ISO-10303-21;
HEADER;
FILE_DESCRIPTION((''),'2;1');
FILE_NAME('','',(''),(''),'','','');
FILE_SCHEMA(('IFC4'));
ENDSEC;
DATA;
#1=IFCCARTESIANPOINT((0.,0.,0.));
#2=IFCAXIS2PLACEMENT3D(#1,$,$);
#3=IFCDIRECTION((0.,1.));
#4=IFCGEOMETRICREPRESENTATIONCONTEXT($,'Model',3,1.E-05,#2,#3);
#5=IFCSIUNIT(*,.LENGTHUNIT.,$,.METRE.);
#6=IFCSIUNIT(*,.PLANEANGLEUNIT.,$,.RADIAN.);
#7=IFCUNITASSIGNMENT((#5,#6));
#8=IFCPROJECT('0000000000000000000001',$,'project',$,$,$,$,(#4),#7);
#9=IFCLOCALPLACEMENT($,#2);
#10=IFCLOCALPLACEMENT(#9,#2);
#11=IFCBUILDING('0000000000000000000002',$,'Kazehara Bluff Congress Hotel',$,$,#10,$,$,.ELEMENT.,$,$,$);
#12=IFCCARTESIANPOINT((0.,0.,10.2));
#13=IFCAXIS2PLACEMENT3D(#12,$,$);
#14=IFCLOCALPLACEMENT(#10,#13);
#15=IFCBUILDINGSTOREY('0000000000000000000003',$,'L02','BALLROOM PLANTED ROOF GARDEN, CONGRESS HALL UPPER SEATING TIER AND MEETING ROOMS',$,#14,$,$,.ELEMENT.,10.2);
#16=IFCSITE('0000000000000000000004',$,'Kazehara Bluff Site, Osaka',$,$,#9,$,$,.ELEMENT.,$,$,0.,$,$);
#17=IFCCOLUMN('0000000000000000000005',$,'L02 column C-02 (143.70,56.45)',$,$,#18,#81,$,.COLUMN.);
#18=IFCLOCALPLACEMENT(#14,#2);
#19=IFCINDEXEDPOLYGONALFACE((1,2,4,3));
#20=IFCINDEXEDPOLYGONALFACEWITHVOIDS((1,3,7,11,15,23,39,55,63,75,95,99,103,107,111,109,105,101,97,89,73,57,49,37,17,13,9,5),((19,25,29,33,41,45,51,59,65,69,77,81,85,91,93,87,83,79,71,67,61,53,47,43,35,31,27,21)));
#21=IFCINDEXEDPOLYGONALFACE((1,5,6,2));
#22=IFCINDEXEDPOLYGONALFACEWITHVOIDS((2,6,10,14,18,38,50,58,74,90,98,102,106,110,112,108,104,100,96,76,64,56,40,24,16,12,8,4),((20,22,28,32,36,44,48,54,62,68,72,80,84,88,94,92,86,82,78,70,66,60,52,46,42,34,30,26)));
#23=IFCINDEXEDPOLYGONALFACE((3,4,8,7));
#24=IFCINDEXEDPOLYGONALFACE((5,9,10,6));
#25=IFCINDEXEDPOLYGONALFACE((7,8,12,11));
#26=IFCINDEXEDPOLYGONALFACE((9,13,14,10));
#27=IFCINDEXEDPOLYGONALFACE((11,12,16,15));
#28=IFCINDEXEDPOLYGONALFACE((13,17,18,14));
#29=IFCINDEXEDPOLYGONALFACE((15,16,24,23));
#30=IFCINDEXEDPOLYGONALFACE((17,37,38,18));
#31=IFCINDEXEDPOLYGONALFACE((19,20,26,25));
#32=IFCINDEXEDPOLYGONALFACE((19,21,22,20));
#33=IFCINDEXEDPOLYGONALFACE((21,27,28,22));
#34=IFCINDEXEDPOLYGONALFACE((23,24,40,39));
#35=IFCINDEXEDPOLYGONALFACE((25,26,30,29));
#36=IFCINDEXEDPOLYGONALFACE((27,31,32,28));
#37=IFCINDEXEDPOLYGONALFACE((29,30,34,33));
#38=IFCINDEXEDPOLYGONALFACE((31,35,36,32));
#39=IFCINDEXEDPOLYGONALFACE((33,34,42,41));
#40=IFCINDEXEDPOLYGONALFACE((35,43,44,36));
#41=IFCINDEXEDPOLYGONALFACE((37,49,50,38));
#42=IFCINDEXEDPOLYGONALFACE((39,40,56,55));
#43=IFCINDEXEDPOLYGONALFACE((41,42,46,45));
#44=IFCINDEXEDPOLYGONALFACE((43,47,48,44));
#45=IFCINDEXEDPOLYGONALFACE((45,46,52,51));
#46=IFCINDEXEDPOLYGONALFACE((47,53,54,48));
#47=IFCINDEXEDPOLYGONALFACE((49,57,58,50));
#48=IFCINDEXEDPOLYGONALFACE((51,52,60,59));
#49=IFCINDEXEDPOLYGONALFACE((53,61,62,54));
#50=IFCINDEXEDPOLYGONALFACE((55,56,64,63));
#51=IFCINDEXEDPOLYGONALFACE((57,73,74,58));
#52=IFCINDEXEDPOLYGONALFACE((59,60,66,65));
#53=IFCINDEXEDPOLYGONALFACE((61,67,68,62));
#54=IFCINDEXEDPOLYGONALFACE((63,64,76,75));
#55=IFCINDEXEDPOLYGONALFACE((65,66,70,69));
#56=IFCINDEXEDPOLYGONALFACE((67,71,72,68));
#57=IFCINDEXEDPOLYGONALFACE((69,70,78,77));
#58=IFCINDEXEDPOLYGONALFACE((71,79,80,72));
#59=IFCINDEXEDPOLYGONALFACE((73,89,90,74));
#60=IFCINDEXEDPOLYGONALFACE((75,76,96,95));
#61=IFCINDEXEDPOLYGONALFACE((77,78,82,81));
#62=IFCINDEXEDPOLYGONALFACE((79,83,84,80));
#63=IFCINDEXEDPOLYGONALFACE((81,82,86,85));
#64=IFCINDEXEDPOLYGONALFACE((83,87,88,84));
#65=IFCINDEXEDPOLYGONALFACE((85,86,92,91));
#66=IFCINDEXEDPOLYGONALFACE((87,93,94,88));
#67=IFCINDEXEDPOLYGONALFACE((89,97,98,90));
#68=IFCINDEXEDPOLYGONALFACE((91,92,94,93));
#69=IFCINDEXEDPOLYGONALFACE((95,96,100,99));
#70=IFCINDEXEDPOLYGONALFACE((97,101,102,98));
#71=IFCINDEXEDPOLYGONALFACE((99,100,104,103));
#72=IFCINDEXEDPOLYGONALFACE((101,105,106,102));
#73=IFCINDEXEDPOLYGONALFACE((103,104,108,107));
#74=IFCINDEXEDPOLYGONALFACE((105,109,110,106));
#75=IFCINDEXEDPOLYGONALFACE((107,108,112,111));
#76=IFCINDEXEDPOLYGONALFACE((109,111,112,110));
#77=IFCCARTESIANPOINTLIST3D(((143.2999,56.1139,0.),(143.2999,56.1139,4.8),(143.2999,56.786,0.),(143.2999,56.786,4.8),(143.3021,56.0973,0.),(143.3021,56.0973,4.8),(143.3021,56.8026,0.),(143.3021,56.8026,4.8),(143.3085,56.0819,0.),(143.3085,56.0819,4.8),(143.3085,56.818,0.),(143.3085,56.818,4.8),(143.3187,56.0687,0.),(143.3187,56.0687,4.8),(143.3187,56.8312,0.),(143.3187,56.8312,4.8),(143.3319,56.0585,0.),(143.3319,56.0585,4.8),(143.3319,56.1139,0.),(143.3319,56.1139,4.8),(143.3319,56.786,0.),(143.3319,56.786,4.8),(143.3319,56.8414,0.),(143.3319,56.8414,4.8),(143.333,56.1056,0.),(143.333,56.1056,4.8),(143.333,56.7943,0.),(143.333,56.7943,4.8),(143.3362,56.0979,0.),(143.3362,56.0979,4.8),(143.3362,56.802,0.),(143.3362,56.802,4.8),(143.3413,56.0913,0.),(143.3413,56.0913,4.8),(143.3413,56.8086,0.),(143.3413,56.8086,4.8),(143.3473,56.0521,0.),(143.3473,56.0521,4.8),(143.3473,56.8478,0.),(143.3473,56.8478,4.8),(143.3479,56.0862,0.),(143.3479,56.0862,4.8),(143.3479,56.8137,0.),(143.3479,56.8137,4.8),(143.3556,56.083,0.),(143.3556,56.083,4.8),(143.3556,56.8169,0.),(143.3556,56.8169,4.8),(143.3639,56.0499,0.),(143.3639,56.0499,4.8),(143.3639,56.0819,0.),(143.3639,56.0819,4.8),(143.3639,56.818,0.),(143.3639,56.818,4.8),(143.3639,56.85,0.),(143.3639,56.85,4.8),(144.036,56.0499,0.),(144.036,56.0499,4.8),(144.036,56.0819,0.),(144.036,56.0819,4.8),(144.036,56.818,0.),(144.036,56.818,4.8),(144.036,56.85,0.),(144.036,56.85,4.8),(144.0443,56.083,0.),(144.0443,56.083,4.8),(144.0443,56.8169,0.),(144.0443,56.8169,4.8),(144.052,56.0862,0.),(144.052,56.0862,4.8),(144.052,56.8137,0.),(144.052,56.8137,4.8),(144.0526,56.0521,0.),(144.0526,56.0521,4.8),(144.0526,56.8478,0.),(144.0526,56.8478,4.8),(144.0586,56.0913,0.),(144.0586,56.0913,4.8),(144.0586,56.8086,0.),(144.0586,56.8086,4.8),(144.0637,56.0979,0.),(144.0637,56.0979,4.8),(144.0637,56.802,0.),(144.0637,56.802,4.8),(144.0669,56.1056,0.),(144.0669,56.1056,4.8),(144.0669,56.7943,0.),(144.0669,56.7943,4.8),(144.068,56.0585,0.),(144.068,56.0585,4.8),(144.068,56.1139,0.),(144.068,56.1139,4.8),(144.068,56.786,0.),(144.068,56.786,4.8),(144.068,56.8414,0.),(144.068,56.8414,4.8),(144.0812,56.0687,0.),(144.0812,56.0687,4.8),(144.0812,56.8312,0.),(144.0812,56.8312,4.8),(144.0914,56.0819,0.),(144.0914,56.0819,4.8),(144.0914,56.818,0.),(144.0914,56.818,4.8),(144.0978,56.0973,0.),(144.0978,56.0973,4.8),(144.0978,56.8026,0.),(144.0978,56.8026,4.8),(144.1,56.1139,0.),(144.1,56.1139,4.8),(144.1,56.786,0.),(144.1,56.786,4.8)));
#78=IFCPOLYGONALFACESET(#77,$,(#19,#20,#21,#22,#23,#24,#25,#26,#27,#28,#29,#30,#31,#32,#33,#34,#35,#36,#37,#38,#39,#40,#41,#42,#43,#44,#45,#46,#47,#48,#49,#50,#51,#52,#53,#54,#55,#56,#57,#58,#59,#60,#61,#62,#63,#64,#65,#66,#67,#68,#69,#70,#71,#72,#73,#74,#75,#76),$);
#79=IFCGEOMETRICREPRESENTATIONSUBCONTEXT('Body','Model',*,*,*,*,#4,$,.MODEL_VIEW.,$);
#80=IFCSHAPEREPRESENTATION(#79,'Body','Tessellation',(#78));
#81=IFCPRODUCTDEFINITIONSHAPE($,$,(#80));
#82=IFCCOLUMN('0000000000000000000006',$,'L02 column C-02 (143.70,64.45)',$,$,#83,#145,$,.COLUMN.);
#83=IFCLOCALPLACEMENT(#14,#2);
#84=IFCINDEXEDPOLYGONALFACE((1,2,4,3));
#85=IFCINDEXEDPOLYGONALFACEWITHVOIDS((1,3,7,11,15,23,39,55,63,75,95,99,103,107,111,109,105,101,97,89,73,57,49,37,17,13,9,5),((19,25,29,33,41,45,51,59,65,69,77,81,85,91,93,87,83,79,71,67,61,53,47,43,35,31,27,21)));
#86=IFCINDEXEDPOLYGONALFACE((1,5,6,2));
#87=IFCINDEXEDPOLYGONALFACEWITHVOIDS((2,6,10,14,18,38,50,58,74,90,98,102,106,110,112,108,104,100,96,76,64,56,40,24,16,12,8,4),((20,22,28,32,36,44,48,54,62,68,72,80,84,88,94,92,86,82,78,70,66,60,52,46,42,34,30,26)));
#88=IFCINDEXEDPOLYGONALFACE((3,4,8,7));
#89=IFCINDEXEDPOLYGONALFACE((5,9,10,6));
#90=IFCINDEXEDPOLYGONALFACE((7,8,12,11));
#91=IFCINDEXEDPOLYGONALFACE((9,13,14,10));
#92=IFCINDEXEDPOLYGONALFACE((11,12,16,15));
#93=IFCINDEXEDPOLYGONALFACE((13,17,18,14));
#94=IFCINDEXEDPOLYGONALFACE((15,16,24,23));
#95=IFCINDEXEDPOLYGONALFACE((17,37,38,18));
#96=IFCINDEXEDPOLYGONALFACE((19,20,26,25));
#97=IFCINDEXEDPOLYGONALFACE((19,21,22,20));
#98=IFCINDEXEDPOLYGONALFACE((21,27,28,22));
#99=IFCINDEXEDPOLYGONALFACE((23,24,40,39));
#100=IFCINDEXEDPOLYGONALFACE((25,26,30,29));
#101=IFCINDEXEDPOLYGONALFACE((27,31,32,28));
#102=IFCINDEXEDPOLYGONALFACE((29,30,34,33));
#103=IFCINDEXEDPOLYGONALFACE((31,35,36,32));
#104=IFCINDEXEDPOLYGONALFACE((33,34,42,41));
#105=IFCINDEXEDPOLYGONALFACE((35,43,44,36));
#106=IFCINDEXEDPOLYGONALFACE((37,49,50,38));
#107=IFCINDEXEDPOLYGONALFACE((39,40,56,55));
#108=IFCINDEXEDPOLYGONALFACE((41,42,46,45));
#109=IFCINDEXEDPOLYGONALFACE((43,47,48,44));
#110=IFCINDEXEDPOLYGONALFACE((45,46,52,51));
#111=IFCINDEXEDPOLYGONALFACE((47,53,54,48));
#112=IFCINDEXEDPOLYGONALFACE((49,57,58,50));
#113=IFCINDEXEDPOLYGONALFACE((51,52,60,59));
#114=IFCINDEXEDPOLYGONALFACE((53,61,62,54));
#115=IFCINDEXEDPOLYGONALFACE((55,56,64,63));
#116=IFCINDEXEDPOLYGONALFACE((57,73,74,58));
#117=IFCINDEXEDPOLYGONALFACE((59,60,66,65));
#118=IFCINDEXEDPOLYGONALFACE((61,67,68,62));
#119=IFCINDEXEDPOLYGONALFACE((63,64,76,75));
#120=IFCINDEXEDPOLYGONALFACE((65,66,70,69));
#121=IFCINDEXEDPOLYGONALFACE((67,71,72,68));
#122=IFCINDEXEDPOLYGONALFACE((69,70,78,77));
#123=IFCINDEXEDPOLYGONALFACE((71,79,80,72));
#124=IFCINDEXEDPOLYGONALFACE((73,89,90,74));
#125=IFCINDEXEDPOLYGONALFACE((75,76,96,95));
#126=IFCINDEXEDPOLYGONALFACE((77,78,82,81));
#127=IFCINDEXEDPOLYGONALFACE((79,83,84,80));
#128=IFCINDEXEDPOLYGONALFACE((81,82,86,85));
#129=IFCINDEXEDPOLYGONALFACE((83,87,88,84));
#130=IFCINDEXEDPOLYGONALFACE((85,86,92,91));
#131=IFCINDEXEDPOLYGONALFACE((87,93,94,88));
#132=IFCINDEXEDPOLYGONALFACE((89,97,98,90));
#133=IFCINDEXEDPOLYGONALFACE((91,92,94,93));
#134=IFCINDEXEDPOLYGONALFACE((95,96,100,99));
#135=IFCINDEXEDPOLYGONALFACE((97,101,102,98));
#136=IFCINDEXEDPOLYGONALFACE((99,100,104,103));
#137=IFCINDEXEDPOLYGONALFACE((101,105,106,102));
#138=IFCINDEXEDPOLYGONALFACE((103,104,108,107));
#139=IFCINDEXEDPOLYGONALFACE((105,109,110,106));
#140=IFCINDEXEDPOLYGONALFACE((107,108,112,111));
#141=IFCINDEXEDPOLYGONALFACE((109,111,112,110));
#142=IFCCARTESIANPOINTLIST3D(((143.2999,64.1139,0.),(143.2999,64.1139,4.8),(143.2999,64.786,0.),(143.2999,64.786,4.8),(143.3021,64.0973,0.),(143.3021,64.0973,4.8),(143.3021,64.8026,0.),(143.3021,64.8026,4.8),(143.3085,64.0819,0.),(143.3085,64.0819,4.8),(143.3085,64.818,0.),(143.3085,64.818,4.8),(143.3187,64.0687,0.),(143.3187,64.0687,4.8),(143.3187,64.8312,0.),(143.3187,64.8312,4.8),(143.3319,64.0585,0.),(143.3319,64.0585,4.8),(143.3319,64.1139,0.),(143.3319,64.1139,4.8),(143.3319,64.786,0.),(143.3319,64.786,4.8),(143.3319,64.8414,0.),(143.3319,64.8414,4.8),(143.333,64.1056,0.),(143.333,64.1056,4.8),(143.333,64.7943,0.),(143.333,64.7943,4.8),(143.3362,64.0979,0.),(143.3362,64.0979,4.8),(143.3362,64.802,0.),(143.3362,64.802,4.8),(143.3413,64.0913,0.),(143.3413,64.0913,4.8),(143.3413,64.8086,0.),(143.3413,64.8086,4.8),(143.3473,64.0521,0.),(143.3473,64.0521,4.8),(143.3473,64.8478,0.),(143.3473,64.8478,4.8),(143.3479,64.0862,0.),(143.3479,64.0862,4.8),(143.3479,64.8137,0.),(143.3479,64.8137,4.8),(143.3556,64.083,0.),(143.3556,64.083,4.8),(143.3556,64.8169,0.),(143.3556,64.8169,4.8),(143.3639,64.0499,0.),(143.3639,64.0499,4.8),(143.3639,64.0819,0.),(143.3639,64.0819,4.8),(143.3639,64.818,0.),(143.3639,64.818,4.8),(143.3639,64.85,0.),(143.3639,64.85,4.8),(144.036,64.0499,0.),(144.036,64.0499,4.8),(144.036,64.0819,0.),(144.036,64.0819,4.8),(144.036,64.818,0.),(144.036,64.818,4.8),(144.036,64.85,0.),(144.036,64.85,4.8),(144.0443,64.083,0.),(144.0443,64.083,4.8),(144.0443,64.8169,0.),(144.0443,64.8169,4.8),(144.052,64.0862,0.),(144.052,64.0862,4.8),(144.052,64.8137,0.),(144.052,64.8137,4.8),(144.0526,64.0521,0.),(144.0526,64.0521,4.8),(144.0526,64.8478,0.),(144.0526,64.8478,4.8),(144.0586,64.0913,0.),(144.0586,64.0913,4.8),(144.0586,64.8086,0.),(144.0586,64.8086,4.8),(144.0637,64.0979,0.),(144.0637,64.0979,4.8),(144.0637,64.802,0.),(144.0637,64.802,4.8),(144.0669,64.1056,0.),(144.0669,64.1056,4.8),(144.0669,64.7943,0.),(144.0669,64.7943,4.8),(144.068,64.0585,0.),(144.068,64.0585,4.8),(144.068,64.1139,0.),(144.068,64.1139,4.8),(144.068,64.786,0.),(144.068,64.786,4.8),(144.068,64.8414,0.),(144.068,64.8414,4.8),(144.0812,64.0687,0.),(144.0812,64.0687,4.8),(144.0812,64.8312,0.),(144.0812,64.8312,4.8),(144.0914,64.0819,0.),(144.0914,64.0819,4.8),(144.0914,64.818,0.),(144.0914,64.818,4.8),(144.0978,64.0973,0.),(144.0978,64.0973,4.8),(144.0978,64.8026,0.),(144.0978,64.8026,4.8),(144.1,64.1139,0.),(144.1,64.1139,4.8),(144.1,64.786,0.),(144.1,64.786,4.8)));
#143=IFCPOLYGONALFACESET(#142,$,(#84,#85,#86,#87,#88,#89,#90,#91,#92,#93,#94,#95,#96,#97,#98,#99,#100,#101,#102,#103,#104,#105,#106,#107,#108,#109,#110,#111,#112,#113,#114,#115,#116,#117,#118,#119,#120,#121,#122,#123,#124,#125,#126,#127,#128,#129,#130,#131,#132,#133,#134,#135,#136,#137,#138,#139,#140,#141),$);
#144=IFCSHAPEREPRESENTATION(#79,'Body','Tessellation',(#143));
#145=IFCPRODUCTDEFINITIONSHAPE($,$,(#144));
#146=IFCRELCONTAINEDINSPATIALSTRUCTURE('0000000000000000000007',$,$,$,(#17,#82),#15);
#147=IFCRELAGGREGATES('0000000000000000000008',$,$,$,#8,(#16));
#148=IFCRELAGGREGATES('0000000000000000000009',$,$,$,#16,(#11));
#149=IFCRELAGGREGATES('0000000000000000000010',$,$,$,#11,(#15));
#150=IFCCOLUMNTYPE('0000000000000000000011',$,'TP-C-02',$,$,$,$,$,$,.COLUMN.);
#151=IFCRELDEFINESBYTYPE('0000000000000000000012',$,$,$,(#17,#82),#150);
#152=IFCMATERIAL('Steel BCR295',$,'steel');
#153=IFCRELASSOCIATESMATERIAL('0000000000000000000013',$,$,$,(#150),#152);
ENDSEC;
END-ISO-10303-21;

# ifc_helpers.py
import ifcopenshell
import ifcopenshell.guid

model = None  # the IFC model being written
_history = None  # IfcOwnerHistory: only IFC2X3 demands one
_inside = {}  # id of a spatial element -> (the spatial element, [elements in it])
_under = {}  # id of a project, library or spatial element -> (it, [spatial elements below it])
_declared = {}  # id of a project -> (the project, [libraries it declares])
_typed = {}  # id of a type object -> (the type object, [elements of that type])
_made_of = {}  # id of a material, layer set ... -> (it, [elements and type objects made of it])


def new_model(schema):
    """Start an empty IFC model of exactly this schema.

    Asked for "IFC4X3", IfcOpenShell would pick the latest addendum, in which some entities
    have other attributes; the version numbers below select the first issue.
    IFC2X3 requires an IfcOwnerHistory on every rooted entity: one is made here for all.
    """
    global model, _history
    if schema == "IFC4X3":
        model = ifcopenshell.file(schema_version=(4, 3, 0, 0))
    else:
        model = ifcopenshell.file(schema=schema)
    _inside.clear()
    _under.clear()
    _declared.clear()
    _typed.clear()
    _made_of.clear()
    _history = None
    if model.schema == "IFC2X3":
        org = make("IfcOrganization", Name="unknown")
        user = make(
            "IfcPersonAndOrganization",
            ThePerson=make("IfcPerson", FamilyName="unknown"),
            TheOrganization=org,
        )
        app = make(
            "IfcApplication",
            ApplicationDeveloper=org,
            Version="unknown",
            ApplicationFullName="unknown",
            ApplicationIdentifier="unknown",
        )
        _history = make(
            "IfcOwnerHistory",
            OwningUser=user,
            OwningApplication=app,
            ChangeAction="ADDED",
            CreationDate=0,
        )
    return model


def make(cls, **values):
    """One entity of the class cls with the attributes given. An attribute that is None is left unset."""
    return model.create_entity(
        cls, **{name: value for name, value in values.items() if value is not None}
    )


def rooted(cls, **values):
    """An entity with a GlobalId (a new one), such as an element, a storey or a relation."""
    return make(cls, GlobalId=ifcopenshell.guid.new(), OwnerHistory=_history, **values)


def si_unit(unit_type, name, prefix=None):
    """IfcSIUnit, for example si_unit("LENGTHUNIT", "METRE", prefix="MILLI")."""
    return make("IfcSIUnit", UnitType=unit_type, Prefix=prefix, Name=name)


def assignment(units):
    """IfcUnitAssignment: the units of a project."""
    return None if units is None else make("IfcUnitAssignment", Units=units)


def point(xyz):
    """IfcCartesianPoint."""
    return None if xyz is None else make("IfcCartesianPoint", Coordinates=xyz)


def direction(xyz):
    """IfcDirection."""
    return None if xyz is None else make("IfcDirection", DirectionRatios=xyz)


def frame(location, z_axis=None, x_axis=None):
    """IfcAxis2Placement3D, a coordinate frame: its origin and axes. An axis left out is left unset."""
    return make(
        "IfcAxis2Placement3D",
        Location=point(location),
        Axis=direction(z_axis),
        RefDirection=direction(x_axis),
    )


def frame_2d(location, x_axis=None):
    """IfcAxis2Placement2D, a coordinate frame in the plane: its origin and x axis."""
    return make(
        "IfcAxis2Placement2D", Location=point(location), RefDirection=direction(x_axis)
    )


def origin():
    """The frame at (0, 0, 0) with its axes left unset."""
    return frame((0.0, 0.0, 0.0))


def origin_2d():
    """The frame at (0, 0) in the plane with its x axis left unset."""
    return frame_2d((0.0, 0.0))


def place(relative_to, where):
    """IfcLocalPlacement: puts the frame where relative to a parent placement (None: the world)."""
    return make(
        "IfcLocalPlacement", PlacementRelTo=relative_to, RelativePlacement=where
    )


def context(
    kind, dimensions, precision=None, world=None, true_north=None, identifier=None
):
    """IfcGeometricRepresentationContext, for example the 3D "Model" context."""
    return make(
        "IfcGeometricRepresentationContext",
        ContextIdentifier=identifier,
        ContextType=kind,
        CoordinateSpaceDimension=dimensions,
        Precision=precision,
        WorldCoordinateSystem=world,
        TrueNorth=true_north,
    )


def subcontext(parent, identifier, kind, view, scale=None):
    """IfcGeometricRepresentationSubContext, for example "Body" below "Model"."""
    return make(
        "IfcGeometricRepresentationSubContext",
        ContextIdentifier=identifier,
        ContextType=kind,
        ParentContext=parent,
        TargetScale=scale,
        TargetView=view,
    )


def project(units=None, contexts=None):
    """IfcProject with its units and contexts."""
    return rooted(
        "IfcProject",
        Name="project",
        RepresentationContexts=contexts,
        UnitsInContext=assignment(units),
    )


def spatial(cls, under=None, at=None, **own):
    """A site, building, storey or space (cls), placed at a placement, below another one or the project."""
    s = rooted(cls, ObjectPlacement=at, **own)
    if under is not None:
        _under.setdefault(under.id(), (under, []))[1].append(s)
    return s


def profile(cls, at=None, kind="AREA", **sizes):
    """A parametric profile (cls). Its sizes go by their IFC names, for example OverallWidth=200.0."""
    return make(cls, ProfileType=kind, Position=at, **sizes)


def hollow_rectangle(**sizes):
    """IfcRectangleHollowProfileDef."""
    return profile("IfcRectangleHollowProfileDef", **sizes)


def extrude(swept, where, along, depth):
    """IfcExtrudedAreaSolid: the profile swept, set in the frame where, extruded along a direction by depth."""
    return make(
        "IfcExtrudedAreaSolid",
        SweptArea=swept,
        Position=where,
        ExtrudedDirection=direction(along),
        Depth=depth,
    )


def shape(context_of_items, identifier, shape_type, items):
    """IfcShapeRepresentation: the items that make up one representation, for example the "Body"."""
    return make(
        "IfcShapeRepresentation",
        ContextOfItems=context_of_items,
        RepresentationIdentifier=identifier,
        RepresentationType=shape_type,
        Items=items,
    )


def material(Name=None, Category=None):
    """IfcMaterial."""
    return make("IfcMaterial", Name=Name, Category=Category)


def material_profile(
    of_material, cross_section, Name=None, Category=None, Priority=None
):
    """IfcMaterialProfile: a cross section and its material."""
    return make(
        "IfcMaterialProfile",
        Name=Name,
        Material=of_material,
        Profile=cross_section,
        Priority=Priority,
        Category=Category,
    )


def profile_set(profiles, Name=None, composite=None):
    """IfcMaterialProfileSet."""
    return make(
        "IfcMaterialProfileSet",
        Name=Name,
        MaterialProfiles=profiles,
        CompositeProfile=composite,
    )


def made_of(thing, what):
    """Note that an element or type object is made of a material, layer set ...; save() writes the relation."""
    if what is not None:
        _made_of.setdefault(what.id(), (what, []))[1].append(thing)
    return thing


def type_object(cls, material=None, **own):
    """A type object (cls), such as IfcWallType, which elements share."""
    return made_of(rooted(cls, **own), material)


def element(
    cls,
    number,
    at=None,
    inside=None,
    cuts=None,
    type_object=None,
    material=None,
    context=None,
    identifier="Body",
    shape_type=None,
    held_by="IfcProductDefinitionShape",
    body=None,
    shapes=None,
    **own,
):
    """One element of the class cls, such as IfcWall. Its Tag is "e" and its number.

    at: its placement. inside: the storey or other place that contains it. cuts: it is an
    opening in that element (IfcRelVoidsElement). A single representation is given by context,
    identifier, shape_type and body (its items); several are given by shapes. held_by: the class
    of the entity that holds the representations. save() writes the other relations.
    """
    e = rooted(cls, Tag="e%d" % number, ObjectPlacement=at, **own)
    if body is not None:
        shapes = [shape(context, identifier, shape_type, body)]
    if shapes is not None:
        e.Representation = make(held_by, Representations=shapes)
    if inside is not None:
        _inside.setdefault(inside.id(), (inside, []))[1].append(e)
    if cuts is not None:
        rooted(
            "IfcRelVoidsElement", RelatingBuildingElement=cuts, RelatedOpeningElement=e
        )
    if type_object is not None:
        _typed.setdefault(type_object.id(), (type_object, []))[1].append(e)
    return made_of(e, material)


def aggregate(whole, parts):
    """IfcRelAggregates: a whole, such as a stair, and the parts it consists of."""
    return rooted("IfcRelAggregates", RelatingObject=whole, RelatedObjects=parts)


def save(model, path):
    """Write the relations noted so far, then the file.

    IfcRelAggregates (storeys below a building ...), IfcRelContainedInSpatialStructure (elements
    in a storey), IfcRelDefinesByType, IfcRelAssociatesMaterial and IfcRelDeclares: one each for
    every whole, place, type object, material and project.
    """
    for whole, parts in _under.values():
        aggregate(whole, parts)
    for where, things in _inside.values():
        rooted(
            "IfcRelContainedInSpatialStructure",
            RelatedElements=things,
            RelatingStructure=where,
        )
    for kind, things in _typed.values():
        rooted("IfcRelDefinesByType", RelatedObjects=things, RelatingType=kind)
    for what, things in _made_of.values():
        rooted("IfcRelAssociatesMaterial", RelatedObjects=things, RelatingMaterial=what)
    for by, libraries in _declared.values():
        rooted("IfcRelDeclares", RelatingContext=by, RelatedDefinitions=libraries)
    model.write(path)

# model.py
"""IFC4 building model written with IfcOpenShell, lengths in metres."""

from ifc_helpers import new_model, si_unit, direction, frame, origin, origin_2d, place, context, subcontext, project, spatial, hollow_rectangle, extrude, material, material_profile, profile_set, type_object, element, save


model = new_model("IFC4")

# Units and contexts
model_context = context("Model", 3, precision=1e-05, world=origin(), true_north=direction((0.0, 1.0)))
body_context = subcontext(model_context, "Body", "Model", "MODEL_VIEW")
ifc_project = project(units=[si_unit("LENGTHUNIT", "METRE"), si_unit("PLANEANGLEUNIT", "RADIAN")], contexts=[model_context])

# Site, building, storey
site_placement = place(None, origin())
site = spatial("IfcSite", under=ifc_project, at=site_placement, Name="Kazehara Bluff Site, Osaka", CompositionType="ELEMENT", RefElevation=0.0)
building_placement = place(site_placement, origin())
building = spatial("IfcBuilding", under=site, at=building_placement, Name="Kazehara Bluff Congress Hotel", CompositionType="ELEMENT")
storey_placement = place(building_placement, frame((0.0, 0.0, 10.2)))
storey = spatial("IfcBuildingStorey", under=building, at=storey_placement, Name="L02", Description="BALLROOM PLANTED ROOF GARDEN, CONGRESS HALL UPPER SEATING TIER AND MEETING ROOMS", CompositionType="ELEMENT", Elevation=10.2)

# Columns
ifc_material_1 = material(Name="Steel BCR295", Category="steel")
ifc_material_profile_1 = material_profile(ifc_material_1, hollow_rectangle(XDim=0.8, YDim=0.8, WallThickness=0.032, InnerFilletRadius=0.032, OuterFilletRadius=0.064, at=origin_2d()))
ifc_profile_set_1 = profile_set([ifc_material_profile_1], Name="Steel BCR295")
column_type_1 = type_object("IfcColumnType", Name="TP-C-02", PredefinedType="COLUMN", material=ifc_profile_set_1)
for number, where, z_axis, x_axis, name in (
    (1, (143.7, 56.45, 0.0), (0.0, 0.0, 1.0), (1.0, 0.0, 0.0), "L02 column C-02 (143.70,56.45)"),
    (2, (143.7, 64.45, 0.0), (0.0, 0.0, 1.0), (1.0, 0.0, 0.0), "L02 column C-02 (143.70,64.45)"),
):
    element("IfcColumn", number, at=place(storey_placement, frame(where, z_axis=z_axis, x_axis=x_axis)), inside=storey, type_object=column_type_1, Name=name, PredefinedType="COLUMN", context=body_context, shape_type="SweptSolid", body=[
        extrude(hollow_rectangle(XDim=0.8, YDim=0.8, WallThickness=0.032, InnerFilletRadius=0.032, OuterFilletRadius=0.064, at=origin_2d()), origin(), (0.0, 0.0, 1.0), 4.8),
    ])

save(model, "model.ifc")
